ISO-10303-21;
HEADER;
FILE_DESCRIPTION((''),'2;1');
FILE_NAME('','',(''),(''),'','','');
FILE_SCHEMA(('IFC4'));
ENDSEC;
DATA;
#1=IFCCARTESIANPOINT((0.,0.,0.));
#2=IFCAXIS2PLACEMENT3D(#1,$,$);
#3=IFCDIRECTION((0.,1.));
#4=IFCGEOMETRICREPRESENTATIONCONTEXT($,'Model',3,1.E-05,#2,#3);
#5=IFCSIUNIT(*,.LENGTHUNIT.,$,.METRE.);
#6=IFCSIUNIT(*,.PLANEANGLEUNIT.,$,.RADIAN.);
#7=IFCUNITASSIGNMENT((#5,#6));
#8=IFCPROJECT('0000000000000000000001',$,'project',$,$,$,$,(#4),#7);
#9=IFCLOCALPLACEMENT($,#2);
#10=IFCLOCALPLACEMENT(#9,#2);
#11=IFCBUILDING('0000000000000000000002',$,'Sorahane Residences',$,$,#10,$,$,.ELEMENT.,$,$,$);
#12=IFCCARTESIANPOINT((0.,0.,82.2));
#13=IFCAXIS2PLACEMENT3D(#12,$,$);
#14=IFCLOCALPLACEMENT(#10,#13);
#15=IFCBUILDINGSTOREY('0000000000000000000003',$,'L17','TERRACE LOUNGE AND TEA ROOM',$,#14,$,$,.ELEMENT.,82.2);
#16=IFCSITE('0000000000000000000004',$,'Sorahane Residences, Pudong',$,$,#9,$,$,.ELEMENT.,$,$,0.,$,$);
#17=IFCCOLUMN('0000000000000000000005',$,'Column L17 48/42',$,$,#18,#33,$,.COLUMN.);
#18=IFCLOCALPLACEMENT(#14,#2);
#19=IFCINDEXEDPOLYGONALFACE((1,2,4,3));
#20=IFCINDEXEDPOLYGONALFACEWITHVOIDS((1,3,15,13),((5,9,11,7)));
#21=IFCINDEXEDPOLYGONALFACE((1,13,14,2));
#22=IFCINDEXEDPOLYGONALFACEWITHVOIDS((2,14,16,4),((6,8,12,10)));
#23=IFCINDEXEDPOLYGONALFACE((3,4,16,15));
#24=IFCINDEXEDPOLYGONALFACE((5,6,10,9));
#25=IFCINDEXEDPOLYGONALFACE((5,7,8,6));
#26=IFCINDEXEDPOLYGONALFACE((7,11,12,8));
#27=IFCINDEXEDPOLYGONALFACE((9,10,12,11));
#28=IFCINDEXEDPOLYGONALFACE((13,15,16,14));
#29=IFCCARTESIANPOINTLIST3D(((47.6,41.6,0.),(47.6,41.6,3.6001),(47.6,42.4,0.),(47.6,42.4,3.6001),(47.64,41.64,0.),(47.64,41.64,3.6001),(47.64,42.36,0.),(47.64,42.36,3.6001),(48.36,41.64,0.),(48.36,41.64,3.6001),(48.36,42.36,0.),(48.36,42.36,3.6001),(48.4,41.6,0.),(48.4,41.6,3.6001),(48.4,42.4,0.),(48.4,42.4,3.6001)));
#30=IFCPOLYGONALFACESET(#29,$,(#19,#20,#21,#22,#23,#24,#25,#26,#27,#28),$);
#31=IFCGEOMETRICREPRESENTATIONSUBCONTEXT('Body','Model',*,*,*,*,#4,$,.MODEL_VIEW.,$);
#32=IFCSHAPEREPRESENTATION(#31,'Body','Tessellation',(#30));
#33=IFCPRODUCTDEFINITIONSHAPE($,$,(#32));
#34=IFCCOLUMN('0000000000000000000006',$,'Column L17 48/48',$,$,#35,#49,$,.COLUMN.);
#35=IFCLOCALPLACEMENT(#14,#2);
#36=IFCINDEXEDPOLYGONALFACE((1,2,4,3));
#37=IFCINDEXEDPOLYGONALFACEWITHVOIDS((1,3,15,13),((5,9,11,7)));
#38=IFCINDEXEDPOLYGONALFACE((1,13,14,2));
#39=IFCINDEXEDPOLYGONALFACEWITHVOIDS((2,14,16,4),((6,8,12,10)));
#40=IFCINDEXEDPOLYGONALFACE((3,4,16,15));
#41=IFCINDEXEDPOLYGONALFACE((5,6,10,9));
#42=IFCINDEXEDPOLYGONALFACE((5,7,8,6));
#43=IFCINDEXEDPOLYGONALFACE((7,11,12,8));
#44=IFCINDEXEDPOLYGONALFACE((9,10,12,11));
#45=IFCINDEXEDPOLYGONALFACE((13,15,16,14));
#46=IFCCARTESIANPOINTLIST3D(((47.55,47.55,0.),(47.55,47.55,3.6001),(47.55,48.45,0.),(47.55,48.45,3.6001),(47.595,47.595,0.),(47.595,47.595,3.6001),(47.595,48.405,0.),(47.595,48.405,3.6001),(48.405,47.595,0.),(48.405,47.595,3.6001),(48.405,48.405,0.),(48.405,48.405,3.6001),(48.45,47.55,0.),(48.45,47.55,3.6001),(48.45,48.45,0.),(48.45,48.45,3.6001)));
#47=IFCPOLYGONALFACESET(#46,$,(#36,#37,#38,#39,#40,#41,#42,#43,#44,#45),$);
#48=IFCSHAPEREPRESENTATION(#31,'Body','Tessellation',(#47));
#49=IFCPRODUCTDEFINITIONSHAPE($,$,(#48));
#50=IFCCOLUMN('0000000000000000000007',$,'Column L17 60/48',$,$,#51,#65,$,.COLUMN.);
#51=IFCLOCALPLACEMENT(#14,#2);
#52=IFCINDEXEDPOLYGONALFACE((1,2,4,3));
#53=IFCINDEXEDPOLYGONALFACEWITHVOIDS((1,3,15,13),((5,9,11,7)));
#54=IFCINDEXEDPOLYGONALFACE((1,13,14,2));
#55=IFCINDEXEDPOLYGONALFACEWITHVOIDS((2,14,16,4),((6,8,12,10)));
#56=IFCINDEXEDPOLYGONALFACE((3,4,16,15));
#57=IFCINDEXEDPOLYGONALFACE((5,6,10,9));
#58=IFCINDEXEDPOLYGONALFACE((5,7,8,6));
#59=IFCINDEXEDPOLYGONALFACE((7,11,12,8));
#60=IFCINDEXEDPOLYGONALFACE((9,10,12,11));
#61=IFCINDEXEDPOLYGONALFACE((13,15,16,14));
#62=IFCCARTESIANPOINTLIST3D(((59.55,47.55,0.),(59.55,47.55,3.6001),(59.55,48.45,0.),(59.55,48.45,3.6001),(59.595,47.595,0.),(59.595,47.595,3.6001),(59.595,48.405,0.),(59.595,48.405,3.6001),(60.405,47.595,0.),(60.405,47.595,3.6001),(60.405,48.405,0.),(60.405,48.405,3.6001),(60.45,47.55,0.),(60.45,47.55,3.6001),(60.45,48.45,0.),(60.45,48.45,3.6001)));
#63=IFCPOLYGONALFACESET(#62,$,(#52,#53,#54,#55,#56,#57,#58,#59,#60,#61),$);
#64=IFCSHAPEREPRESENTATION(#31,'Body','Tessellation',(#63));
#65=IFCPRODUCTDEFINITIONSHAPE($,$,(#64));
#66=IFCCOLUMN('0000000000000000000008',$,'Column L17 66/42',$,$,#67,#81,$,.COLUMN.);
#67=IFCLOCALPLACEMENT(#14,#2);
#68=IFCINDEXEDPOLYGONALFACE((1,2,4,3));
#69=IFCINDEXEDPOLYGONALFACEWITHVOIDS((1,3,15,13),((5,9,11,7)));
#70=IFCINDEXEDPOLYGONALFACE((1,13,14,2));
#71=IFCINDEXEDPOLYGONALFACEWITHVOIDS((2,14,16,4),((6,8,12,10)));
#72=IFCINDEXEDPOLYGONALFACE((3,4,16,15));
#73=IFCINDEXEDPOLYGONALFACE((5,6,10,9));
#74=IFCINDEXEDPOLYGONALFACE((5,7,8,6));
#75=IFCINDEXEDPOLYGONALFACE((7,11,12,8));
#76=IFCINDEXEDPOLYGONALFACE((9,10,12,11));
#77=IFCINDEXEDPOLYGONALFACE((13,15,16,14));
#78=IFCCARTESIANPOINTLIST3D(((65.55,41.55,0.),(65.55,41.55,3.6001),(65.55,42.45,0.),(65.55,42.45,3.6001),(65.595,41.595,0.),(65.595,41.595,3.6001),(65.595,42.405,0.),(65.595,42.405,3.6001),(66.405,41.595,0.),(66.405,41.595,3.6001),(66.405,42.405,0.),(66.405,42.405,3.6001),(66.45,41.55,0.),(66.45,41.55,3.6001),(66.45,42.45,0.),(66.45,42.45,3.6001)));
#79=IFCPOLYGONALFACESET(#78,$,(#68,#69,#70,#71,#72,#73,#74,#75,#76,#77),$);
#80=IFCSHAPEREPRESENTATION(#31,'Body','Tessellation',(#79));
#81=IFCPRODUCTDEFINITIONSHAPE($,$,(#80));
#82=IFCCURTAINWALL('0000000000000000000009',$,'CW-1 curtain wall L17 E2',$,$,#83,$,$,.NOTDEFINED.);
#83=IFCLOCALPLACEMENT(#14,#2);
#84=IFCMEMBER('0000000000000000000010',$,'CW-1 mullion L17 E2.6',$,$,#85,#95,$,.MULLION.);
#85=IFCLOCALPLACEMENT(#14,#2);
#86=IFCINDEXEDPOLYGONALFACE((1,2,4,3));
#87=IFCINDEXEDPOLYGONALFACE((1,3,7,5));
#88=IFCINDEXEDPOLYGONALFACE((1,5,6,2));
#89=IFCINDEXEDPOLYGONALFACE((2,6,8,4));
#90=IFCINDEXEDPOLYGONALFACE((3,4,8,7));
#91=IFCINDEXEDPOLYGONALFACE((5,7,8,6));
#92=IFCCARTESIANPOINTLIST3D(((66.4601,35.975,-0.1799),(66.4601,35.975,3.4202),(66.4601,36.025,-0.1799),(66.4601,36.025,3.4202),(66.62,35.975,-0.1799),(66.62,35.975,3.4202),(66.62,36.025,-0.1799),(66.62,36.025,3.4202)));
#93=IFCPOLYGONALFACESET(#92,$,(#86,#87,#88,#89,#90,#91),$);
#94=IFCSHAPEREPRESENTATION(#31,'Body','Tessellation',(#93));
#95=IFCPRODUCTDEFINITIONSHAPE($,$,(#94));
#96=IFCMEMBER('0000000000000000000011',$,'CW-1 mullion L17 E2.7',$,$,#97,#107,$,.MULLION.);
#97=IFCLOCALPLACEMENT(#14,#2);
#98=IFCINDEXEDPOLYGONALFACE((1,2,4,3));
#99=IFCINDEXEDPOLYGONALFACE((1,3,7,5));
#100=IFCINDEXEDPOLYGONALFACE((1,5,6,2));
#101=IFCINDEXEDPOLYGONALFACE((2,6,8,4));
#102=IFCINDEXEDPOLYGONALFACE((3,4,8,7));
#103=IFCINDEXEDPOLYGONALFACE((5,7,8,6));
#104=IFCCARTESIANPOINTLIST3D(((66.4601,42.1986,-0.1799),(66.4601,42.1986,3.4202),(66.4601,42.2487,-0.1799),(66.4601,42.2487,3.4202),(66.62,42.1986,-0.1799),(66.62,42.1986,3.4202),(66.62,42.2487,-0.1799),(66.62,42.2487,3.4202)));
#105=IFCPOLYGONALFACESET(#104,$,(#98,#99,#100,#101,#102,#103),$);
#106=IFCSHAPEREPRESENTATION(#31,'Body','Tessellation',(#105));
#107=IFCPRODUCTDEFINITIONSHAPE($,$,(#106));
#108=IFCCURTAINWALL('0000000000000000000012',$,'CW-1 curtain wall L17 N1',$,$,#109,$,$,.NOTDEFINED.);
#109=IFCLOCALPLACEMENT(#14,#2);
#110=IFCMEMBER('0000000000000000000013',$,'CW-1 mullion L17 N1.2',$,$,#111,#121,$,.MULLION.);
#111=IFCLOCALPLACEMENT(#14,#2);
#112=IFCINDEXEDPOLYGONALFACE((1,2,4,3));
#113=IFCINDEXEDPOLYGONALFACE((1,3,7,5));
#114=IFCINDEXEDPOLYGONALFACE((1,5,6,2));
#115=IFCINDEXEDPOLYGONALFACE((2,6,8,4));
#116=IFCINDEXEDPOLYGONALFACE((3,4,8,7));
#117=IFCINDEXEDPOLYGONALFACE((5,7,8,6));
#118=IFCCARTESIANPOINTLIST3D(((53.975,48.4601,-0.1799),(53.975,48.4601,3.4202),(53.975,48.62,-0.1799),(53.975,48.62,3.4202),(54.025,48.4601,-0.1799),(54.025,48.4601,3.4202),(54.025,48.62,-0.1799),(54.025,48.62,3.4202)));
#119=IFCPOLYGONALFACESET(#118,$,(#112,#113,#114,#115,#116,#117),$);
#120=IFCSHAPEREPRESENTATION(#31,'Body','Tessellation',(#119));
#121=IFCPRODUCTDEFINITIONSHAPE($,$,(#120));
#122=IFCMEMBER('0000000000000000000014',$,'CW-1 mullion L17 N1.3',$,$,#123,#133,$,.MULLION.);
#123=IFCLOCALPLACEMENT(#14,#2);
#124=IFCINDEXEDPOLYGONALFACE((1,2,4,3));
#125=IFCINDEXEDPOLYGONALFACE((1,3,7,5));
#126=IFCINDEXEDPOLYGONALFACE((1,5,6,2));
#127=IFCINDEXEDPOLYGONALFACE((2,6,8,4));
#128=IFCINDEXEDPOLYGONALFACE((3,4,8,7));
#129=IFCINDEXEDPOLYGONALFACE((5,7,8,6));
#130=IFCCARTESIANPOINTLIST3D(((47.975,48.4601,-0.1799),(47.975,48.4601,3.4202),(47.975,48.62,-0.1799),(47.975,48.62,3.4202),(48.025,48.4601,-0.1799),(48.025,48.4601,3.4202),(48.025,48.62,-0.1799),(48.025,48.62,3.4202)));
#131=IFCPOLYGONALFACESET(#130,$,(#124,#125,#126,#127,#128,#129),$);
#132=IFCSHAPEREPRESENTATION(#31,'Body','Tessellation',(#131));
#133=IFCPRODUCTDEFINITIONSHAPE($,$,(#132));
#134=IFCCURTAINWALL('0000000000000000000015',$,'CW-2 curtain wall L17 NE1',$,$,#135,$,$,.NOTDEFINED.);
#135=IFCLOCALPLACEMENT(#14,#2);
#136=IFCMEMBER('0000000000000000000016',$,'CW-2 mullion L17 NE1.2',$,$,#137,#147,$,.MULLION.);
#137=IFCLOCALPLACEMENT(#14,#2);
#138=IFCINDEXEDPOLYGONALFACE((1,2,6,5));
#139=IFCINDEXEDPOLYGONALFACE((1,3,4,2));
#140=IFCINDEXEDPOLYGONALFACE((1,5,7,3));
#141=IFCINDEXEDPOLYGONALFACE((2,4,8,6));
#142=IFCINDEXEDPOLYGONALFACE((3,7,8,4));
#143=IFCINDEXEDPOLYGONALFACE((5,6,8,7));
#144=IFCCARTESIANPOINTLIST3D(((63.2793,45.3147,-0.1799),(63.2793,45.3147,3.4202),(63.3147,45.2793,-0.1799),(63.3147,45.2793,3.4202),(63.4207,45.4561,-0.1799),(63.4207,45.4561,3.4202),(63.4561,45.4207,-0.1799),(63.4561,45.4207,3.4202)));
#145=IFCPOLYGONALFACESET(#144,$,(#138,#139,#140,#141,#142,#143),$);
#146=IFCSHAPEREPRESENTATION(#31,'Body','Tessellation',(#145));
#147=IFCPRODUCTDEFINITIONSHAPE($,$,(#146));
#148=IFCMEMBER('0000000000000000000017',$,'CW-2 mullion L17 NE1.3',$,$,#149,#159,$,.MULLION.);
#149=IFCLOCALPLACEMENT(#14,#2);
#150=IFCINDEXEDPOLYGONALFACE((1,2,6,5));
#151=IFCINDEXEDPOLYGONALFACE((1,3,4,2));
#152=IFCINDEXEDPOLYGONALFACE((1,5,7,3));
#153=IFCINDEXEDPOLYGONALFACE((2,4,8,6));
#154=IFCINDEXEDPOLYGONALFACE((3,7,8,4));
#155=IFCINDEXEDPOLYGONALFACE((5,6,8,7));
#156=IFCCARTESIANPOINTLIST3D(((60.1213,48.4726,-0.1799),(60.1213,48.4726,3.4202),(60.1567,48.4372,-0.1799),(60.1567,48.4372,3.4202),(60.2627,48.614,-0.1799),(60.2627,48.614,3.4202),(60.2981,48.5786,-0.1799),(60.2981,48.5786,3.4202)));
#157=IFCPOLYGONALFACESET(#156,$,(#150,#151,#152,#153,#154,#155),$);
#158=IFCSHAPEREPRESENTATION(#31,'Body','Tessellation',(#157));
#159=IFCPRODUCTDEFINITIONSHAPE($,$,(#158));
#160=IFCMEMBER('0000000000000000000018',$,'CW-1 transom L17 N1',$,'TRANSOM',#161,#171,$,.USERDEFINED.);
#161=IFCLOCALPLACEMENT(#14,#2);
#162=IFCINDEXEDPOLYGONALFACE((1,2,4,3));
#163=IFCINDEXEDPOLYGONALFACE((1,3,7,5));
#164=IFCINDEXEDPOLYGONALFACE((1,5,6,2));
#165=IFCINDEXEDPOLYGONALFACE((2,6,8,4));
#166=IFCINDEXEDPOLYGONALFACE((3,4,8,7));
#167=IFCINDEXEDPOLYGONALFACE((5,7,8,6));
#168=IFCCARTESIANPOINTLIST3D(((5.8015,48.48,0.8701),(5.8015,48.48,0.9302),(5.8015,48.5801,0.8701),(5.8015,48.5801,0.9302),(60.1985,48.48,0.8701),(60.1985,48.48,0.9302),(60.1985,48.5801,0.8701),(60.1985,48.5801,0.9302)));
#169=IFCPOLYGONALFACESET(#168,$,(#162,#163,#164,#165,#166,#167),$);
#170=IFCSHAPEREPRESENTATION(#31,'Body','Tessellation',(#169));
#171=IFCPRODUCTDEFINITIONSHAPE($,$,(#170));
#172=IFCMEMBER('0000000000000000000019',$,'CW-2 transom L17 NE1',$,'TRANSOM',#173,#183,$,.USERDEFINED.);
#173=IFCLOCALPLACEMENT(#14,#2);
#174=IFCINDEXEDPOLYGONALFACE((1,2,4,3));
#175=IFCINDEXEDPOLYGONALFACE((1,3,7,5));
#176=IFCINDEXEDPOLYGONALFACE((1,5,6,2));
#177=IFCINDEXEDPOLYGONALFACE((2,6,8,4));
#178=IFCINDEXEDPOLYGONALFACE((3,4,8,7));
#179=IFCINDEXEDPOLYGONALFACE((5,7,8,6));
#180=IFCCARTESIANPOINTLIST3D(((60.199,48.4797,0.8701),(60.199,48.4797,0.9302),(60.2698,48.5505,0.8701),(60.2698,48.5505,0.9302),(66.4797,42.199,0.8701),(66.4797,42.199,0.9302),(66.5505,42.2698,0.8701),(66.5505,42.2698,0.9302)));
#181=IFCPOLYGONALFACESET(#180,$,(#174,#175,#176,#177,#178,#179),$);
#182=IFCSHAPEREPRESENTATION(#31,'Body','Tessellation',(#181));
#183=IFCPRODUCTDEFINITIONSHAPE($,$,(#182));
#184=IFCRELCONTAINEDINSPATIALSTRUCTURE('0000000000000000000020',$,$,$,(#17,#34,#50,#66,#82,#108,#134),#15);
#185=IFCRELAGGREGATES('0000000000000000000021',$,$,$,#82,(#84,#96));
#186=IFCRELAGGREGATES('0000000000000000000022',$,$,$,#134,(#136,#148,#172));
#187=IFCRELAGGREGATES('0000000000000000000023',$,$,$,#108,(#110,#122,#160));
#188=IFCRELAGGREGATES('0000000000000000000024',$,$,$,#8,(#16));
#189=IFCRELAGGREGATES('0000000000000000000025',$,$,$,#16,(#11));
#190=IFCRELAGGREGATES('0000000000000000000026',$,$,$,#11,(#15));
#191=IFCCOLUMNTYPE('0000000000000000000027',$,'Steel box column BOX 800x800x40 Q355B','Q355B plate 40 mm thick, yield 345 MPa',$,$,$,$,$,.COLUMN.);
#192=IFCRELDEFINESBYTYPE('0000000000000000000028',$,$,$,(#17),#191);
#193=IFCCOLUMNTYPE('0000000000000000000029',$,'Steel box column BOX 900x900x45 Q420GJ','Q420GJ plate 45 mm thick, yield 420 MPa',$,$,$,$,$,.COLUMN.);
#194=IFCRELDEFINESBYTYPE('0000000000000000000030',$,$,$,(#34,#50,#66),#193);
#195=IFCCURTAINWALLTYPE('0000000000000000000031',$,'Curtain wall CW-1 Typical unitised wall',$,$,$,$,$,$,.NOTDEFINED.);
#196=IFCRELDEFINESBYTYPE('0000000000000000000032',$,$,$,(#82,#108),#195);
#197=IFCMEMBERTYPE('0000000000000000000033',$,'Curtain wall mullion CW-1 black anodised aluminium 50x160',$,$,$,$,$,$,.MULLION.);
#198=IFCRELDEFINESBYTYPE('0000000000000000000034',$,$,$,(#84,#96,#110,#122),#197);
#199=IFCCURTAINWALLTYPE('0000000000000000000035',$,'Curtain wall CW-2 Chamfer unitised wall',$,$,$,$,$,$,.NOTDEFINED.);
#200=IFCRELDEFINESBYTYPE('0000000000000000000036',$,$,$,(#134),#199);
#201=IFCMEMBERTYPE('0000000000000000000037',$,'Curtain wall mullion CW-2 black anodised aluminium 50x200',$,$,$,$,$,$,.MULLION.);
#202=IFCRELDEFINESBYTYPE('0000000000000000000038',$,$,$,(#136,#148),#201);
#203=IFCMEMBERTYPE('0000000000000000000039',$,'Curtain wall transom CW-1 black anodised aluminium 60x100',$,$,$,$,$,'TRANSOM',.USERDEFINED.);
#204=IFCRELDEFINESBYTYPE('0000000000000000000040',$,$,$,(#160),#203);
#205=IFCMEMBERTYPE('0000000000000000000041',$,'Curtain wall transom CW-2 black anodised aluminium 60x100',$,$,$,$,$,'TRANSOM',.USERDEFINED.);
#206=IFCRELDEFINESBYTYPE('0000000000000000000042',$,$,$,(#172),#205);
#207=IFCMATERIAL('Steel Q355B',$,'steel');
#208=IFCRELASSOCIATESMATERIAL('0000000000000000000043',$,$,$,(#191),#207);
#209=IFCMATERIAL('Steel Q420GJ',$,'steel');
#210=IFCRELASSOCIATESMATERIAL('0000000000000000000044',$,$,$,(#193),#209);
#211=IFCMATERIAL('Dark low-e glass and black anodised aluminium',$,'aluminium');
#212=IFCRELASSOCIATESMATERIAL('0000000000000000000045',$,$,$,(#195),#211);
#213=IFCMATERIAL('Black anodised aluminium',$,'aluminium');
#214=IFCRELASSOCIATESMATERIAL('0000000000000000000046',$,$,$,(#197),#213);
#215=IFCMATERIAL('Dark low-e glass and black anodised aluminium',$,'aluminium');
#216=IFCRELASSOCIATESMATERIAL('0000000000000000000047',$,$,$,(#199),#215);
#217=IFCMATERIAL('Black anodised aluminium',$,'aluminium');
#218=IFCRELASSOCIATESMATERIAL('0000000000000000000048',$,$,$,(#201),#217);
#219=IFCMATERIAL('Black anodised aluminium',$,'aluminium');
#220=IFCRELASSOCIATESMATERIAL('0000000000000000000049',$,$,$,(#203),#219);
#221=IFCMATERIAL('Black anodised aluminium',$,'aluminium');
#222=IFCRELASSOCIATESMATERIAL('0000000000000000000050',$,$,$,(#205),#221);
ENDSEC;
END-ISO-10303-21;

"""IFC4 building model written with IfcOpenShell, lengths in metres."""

from ifc_helpers import new_model, si_unit, direction, frame, origin, origin_2d, place, context, subcontext, project, spatial, rectangle, hollow_rectangle, extrude, material, material_profile, profile_set, type_object, element, aggregate, save


model = new_model("IFC4")

# Units and contexts
model_context = context("Model", 3, precision=1e-05, world=origin(), true_north=direction((0.0, 1.0)))
body_context = subcontext(model_context, "Body", "Model", "MODEL_VIEW")
ifc_project = project(units=[si_unit("LENGTHUNIT", "METRE"), si_unit("PLANEANGLEUNIT", "RADIAN")], contexts=[model_context])

# Site, building, storey
site_placement = place(None, origin())
site = spatial("IfcSite", under=ifc_project, at=site_placement, Name="Sorahane Residences, Pudong", CompositionType="ELEMENT", RefElevation=0.0)
building_placement = place(site_placement, origin())
building = spatial("IfcBuilding", under=site, at=building_placement, Name="Sorahane Residences", CompositionType="ELEMENT")
storey_placement = place(building_placement, frame((0.0, 0.0, 82.2)))
storey = spatial("IfcBuildingStorey", under=building, at=storey_placement, Name="L17", Description="TERRACE LOUNGE AND TEA ROOM", CompositionType="ELEMENT", Elevation=82.2)

# Columns
ifc_material_1 = material(Name="Steel Q355B", Category="steel")
ifc_material_profile_1 = material_profile(ifc_material_1, hollow_rectangle(XDim=0.8, YDim=0.8, WallThickness=0.04, at=origin_2d()), Name="BOX 800x800x40")
ifc_profile_set_1 = profile_set([ifc_material_profile_1], Name="Steel Q355B")
column_type_1 = type_object("IfcColumnType", Name="Steel box column BOX 800x800x40 Q355B", Description="Q355B plate 40 mm thick, yield 345 MPa", PredefinedType="COLUMN", material=ifc_profile_set_1)
column_placement = place(storey_placement, frame((48.0, 42.0, 0.0), z_axis=(0.0, 0.0, 1.0), x_axis=(1.0, 0.0, 0.0)))
element("IfcColumn", 1, at=column_placement, inside=storey, type_object=column_type_1, Name="Column L17 48/42", PredefinedType="COLUMN", context=body_context, shape_type="SweptSolid", body=[
    extrude(hollow_rectangle(XDim=0.8, YDim=0.8, WallThickness=0.04, at=origin_2d()), origin(), (0.0, 0.0, 1.0), 3.6001),
])
ifc_material_2 = material(Name="Steel Q420GJ", Category="steel")
ifc_material_profile_2 = material_profile(ifc_material_2, hollow_rectangle(XDim=0.8999, YDim=0.8999, WallThickness=0.0449, at=origin_2d()), Name="BOX 900x900x45")
ifc_profile_set_2 = profile_set([ifc_material_profile_2], Name="Steel Q420GJ")
column_type_2 = type_object("IfcColumnType", Name="Steel box column BOX 900x900x45 Q420GJ", Description="Q420GJ plate 45 mm thick, yield 420 MPa", PredefinedType="COLUMN", material=ifc_profile_set_2)
for number, where, z_axis, x_axis, name in (
    (2, (48.0, 48.0, 0.0), (0.0, 0.0, 1.0), (1.0, 0.0, 0.0), "Column L17 48/48"),
    (3, (60.0, 48.0, 0.0), (0.0, 0.0, 1.0), (1.0, 0.0, 0.0), "Column L17 60/48"),
    (4, (66.0, 42.0, 0.0), (0.0, 0.0, 1.0), (1.0, 0.0, 0.0), "Column L17 66/42"),
):
    element("IfcColumn", number, at=place(storey_placement, frame(where, z_axis=z_axis, x_axis=x_axis)), inside=storey, type_object=column_type_2, Name=name, PredefinedType="COLUMN", context=body_context, shape_type="SweptSolid", body=[
        extrude(hollow_rectangle(XDim=0.8999, YDim=0.8999, WallThickness=0.0449, at=origin_2d()), origin(), (0.0, 0.0, 1.0), 3.6001),
    ])

# Curtain walls, members
ifc_material_3 = material(Name="Dark low-e glass and black anodised aluminium", Category="aluminium")
curtain_wall_type_1 = type_object("IfcCurtainWallType", Name="Curtain wall CW-1 Typical unitised wall", PredefinedType="NOTDEFINED", material=ifc_material_3)
curtain_wall_1_placement = place(storey_placement, origin())
curtain_wall_1 = element("IfcCurtainWall", 5, at=curtain_wall_1_placement, inside=storey, type_object=curtain_wall_type_1, Name="CW-1 curtain wall L17 E2", PredefinedType="NOTDEFINED")
ifc_material_4 = material(Name="Black anodised aluminium", Category="aluminium")
ifc_material_profile_3 = material_profile(ifc_material_4, rectangle(XDim=0.1599, YDim=0.05, at=origin_2d()), Name="Curtain wall mullion CW-1 black anodised aluminium 50x160")
ifc_profile_set_3 = profile_set([ifc_material_profile_3], Name="Black anodised aluminium")
member_type_1 = type_object("IfcMemberType", Name="Curtain wall mullion CW-1 black anodised aluminium 50x160", PredefinedType="MULLION", material=ifc_profile_set_3)
member_1_placement = place(storey_placement, frame((66.54, 36.0, -0.1799), z_axis=(0.0, 0.0, 1.0), x_axis=(1.0, 0.0, 0.0)))
member_1 = element("IfcMember", 6, at=member_1_placement, type_object=member_type_1, Name="CW-1 mullion L17 E2.6", PredefinedType="MULLION", context=body_context, shape_type="SweptSolid", body=[
    extrude(rectangle(XDim=0.1599, YDim=0.05, at=origin_2d()), origin(), (0.0, 0.0, 1.0), 3.6001),
])
member_2_placement = place(storey_placement, frame((66.54, 42.2236, -0.1799), z_axis=(0.0, 0.0, 1.0), x_axis=(1.0, 0.0, 0.0)))
member_2 = element("IfcMember", 7, at=member_2_placement, type_object=member_type_1, Name="CW-1 mullion L17 E2.7", PredefinedType="MULLION", context=body_context, shape_type="SweptSolid", body=[
    extrude(rectangle(XDim=0.1599, YDim=0.05, at=origin_2d()), origin(), (0.0, 0.0, 1.0), 3.6001),
])
curtain_wall_2_placement = place(storey_placement, origin())
curtain_wall_2 = element("IfcCurtainWall", 8, at=curtain_wall_2_placement, inside=storey, type_object=curtain_wall_type_1, Name="CW-1 curtain wall L17 N1", PredefinedType="NOTDEFINED")
member_3_placement = place(storey_placement, frame((54.0, 48.54, -0.1799), z_axis=(0.0, 0.0, 1.0), x_axis=(0.0, 1.0, 0.0)))
member_3 = element("IfcMember", 9, at=member_3_placement, type_object=member_type_1, Name="CW-1 mullion L17 N1.2", PredefinedType="MULLION", context=body_context, shape_type="SweptSolid", body=[
    extrude(rectangle(XDim=0.1599, YDim=0.05, at=origin_2d()), origin(), (0.0, 0.0, 1.0), 3.6001),
])
member_4_placement = place(storey_placement, frame((48.0, 48.54, -0.1799), z_axis=(0.0, 0.0, 1.0), x_axis=(0.0, 1.0, 0.0)))
member_4 = element("IfcMember", 10, at=member_4_placement, type_object=member_type_1, Name="CW-1 mullion L17 N1.3", PredefinedType="MULLION", context=body_context, shape_type="SweptSolid", body=[
    extrude(rectangle(XDim=0.1599, YDim=0.05, at=origin_2d()), origin(), (0.0, 0.0, 1.0), 3.6001),
])
ifc_material_5 = material(Name="Dark low-e glass and black anodised aluminium", Category="aluminium")
curtain_wall_type_2 = type_object("IfcCurtainWallType", Name="Curtain wall CW-2 Chamfer unitised wall", PredefinedType="NOTDEFINED", material=ifc_material_5)
curtain_wall_3_placement = place(storey_placement, origin())
curtain_wall_3 = element("IfcCurtainWall", 11, at=curtain_wall_3_placement, inside=storey, type_object=curtain_wall_type_2, Name="CW-2 curtain wall L17 NE1", PredefinedType="NOTDEFINED")
ifc_material_6 = material(Name="Black anodised aluminium", Category="aluminium")
ifc_material_profile_4 = material_profile(ifc_material_6, rectangle(XDim=0.2, YDim=0.05, at=origin_2d()), Name="Curtain wall mullion CW-2 black anodised aluminium 50x200")
ifc_profile_set_4 = profile_set([ifc_material_profile_4], Name="Black anodised aluminium")
member_type_2 = type_object("IfcMemberType", Name="Curtain wall mullion CW-2 black anodised aluminium 50x200", PredefinedType="MULLION", material=ifc_profile_set_4)
member_5_placement = place(storey_placement, frame((63.3677, 45.3677, -0.1799), z_axis=(0.0, 0.0, 1.0), x_axis=(0.707107, 0.707107, 0.0)))
member_5 = element("IfcMember", 12, at=member_5_placement, type_object=member_type_2, Name="CW-2 mullion L17 NE1.2", PredefinedType="MULLION", context=body_context, shape_type="SweptSolid", body=[
    extrude(rectangle(XDim=0.2, YDim=0.05, at=origin_2d()), origin(), (0.0, 0.0, 1.0), 3.6001),
])
member_6_placement = place(storey_placement, frame((60.2097, 48.5256, -0.1799), z_axis=(0.0, 0.0, 1.0), x_axis=(0.707107, 0.707107, 0.0)))
member_6 = element("IfcMember", 13, at=member_6_placement, type_object=member_type_2, Name="CW-2 mullion L17 NE1.3", PredefinedType="MULLION", context=body_context, shape_type="SweptSolid", body=[
    extrude(rectangle(XDim=0.2, YDim=0.05, at=origin_2d()), origin(), (0.0, 0.0, 1.0), 3.6001),
])

# Members
ifc_material_7 = material(Name="Black anodised aluminium", Category="aluminium")
ifc_material_profile_5 = material_profile(ifc_material_7, rectangle(XDim=0.1001, YDim=0.0601, at=origin_2d()), Name="Curtain wall transom CW-1 black anodised aluminium 60x100")
ifc_profile_set_5 = profile_set([ifc_material_profile_5], Name="Black anodised aluminium")
member_type_3 = type_object("IfcMemberType", Name="Curtain wall transom CW-1 black anodised aluminium 60x100", ElementType="TRANSOM", PredefinedType="USERDEFINED", material=ifc_profile_set_5)
member_7_placement = place(storey_placement, frame((60.1985, 48.53, 0.9001), z_axis=(-1.0, 0.0, 0.0), x_axis=(0.0, -1.0, 0.0)))
member_7 = element("IfcMember", 14, at=member_7_placement, type_object=member_type_3, Name="CW-1 transom L17 N1", ObjectType="TRANSOM", PredefinedType="USERDEFINED", context=body_context, shape_type="SweptSolid", body=[
    extrude(rectangle(XDim=0.1001, YDim=0.0601, at=origin_2d()), origin(), (0.0, 0.0, 1.0), 54.397),
])
ifc_material_8 = material(Name="Black anodised aluminium", Category="aluminium")
ifc_material_profile_6 = material_profile(ifc_material_8, rectangle(XDim=0.1001, YDim=0.0601, at=origin_2d()), Name="Curtain wall transom CW-2 black anodised aluminium 60x100")
ifc_profile_set_6 = profile_set([ifc_material_profile_6], Name="Black anodised aluminium")
member_type_4 = type_object("IfcMemberType", Name="Curtain wall transom CW-2 black anodised aluminium 60x100", ElementType="TRANSOM", PredefinedType="USERDEFINED", material=ifc_profile_set_6)
member_8_placement = place(storey_placement, frame((66.5151, 42.2344, 0.9001), z_axis=(-0.707107, 0.707107, 0.0), x_axis=(-0.707107, -0.707107, 0.0)))
member_8 = element("IfcMember", 15, at=member_8_placement, type_object=member_type_4, Name="CW-2 transom L17 NE1", ObjectType="TRANSOM", PredefinedType="USERDEFINED", context=body_context, shape_type="SweptSolid", body=[
    extrude(rectangle(XDim=0.1001, YDim=0.0601, at=origin_2d()), origin(), (0.0, 0.0, 1.0), 8.8823),
])

aggregate(curtain_wall_1, [member_1, member_2])
aggregate(curtain_wall_3, [member_5, member_6, member_8])
aggregate(curtain_wall_2, [member_3, member_4, member_7])

save(model, "model.ifc")
